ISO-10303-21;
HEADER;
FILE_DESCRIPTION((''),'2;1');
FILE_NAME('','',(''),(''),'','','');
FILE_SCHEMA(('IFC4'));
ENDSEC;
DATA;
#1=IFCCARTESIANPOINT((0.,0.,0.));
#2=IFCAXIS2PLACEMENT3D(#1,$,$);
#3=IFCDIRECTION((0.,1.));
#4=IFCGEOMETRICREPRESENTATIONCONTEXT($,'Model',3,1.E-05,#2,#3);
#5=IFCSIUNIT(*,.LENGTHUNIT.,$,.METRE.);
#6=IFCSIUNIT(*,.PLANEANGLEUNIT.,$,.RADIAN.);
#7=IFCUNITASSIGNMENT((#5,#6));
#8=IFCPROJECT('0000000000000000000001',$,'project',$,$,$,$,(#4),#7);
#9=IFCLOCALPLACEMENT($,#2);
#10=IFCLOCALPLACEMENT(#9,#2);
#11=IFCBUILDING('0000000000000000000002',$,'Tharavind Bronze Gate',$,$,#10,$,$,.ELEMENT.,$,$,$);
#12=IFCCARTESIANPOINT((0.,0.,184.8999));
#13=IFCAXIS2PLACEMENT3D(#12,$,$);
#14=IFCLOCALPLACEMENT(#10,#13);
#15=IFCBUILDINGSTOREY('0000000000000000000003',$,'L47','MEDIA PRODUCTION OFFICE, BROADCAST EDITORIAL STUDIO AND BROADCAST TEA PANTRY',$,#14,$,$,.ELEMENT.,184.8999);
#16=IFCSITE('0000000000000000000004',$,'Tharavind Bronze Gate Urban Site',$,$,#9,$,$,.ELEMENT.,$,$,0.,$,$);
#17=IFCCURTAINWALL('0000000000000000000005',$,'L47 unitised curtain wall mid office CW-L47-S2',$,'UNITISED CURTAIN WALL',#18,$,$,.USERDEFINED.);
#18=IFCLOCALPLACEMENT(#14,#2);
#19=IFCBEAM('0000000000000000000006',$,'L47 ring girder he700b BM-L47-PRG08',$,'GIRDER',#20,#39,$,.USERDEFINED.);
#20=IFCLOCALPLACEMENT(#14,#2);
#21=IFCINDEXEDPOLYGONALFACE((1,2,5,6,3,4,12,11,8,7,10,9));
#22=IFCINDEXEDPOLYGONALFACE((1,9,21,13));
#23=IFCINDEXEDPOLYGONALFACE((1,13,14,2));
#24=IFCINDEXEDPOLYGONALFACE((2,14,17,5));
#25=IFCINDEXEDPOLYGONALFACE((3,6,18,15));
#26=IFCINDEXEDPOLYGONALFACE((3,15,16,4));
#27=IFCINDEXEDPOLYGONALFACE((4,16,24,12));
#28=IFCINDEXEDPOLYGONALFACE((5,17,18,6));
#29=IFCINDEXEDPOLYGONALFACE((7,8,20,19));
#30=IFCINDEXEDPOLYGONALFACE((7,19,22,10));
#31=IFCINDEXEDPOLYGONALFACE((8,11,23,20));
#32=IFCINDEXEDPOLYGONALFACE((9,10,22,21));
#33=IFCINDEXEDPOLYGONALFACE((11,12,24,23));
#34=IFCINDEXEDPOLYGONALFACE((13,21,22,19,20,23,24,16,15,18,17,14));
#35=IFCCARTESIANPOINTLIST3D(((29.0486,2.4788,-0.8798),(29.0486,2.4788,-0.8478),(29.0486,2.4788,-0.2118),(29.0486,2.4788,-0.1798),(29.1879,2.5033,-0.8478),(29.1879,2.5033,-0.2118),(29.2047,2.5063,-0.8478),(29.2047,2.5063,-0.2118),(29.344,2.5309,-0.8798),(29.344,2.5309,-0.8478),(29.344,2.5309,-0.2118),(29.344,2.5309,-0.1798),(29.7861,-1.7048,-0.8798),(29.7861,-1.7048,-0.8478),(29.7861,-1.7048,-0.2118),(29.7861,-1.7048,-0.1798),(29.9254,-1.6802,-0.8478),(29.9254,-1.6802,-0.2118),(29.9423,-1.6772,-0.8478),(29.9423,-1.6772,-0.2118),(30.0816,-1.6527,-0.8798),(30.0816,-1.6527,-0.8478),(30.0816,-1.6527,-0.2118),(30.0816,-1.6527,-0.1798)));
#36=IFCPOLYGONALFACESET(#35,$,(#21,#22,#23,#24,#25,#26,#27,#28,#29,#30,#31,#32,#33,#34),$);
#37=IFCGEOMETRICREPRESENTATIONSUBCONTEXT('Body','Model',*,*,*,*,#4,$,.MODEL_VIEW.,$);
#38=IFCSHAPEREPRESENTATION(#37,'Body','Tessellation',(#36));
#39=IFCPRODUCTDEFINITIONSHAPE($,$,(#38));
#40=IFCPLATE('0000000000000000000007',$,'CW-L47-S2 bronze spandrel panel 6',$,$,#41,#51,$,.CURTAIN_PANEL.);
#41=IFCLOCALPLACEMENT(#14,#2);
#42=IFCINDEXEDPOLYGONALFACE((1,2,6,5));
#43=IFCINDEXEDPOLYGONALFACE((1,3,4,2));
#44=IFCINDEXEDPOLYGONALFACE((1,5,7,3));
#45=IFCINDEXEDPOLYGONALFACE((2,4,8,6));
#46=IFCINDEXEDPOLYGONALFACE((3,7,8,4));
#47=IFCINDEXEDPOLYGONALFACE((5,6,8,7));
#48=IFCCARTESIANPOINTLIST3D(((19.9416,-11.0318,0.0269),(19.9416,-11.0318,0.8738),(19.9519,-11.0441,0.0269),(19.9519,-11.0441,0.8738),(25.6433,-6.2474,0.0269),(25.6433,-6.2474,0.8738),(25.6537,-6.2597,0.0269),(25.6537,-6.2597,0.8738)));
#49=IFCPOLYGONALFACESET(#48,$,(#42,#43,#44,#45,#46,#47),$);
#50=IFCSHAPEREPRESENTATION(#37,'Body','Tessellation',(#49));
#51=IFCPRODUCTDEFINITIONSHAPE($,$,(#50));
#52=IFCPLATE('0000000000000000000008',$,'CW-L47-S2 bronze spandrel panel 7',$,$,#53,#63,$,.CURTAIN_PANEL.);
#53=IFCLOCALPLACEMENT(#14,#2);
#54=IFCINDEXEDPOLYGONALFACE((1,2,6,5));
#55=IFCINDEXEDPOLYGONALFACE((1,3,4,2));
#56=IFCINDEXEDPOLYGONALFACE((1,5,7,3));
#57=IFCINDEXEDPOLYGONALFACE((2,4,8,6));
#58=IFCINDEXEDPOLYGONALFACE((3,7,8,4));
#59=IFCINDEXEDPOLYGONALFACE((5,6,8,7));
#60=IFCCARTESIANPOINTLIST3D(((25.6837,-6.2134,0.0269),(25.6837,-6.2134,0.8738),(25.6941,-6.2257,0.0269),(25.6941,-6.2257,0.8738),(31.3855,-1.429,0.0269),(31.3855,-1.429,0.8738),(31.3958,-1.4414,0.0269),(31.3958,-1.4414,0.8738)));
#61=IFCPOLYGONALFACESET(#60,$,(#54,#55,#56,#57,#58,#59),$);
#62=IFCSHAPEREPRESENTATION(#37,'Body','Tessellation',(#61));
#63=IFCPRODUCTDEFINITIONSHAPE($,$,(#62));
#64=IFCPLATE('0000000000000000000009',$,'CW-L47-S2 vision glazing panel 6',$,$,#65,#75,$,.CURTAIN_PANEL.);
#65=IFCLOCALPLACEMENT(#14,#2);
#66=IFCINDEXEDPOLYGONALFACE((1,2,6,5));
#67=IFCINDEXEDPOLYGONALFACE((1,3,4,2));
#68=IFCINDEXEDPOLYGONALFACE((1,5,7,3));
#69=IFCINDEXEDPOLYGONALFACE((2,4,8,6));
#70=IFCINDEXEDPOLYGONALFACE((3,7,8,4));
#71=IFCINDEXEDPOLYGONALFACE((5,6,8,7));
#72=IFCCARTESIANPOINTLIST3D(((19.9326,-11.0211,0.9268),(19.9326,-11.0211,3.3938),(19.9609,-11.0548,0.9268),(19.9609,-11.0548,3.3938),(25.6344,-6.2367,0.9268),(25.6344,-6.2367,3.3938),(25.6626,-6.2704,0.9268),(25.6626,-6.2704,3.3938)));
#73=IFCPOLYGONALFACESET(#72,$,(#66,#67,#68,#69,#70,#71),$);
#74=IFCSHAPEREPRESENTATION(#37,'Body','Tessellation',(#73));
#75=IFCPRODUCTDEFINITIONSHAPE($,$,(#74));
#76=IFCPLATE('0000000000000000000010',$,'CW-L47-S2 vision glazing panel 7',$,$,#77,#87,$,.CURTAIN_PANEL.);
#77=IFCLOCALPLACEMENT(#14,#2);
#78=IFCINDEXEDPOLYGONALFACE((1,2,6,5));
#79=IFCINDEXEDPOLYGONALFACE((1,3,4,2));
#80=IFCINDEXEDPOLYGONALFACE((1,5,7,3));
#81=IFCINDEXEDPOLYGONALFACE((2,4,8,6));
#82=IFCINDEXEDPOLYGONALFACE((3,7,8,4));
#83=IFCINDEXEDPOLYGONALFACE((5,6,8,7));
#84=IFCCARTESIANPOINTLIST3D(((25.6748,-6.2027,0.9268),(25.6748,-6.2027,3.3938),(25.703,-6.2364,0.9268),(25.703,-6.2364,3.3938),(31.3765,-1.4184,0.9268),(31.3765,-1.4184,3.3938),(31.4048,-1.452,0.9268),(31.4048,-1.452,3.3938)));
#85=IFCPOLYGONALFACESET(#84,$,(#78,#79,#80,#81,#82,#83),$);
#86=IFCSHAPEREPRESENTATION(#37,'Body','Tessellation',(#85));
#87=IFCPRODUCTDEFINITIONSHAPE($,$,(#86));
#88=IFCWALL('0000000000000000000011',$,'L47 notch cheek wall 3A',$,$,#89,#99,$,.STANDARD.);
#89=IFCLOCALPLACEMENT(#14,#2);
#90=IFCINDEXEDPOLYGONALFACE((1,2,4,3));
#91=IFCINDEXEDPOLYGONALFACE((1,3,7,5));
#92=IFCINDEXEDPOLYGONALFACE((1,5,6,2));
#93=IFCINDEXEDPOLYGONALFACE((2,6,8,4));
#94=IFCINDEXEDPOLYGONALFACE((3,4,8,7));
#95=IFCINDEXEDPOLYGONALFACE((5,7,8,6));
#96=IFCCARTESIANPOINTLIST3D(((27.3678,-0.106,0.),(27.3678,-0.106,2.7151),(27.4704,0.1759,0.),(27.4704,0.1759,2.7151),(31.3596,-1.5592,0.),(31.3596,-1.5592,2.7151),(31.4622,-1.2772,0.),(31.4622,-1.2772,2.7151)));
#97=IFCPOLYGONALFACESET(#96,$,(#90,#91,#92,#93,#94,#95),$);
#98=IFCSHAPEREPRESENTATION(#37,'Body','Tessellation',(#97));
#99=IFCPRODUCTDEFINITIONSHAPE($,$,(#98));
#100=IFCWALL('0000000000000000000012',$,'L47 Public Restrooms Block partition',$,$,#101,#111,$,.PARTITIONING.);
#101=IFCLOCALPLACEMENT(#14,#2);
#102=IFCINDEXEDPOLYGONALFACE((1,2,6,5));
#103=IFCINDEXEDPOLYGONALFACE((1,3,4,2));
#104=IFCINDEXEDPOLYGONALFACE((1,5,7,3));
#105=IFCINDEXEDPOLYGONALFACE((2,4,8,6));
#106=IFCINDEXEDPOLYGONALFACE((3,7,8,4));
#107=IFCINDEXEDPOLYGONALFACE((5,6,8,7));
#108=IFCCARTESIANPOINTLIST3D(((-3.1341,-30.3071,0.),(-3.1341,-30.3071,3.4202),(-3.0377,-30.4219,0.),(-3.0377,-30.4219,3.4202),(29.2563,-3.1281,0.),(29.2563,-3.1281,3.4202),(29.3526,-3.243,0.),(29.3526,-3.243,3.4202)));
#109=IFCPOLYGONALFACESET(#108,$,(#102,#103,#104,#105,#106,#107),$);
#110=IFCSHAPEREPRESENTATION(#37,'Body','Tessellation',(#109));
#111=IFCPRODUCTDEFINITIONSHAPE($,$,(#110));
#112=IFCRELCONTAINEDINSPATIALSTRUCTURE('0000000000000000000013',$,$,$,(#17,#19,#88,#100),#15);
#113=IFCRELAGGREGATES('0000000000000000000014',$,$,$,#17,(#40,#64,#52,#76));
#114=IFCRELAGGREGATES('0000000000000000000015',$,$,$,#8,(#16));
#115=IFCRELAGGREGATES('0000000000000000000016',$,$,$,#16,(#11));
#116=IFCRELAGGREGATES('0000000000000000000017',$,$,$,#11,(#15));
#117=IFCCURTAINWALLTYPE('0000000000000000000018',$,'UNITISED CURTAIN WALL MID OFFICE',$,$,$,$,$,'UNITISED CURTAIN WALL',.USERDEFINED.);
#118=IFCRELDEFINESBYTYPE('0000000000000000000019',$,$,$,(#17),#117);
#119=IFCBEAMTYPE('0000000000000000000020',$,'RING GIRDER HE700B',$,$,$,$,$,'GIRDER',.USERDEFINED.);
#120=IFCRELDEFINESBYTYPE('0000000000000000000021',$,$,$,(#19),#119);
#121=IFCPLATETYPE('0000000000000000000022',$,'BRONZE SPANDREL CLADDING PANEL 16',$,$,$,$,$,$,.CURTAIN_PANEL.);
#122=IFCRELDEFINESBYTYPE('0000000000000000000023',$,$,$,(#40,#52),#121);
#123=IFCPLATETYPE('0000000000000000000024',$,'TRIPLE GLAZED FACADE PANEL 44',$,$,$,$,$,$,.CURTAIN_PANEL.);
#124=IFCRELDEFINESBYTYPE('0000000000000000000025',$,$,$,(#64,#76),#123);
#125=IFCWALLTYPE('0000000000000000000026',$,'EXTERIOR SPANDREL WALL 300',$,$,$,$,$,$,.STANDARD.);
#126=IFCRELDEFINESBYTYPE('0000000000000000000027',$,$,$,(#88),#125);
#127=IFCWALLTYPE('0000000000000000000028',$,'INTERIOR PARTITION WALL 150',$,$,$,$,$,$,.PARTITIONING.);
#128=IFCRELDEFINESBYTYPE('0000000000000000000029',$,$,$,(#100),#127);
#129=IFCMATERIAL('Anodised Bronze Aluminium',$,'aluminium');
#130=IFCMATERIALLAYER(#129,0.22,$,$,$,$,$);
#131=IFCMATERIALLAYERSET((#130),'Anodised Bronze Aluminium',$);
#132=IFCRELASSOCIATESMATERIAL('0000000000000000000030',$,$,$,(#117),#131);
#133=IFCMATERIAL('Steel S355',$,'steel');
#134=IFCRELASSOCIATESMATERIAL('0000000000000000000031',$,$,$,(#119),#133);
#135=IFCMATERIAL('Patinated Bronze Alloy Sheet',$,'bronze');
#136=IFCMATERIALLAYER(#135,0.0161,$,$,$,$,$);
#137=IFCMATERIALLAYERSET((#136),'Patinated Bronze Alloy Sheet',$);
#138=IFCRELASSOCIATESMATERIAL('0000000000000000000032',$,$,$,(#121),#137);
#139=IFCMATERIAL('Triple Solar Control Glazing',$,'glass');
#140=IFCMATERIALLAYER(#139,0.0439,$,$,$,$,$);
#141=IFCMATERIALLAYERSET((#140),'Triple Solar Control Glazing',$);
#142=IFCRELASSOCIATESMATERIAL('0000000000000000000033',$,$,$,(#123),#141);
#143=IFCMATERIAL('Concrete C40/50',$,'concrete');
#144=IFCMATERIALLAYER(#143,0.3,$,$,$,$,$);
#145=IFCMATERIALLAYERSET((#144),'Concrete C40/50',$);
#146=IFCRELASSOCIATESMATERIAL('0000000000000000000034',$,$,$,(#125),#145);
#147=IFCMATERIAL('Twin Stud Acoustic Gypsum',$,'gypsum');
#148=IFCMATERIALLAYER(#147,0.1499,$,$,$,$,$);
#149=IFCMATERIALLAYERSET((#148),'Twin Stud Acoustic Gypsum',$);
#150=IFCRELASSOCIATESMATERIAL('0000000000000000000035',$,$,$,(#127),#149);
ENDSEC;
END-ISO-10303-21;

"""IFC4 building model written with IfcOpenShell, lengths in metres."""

from ifc_helpers import new_model, si_unit, direction, frame, frame_2d, origin, origin_2d, place, context, subcontext, project, spatial, rectangle, i_section, extrude, material, layer, layer_set, material_profile, profile_set, type_object, element, aggregate, save


model = new_model("IFC4")

# Units and contexts
model_context = context("Model", 3, precision=1e-05, world=origin(), true_north=direction((0.0, 1.0)))
body_context = subcontext(model_context, "Body", "Model", "MODEL_VIEW")
ifc_project = project(units=[si_unit("LENGTHUNIT", "METRE"), si_unit("PLANEANGLEUNIT", "RADIAN")], contexts=[model_context])

# Site, building, storey
site_placement = place(None, origin())
site = spatial("IfcSite", under=ifc_project, at=site_placement, Name="Tharavind Bronze Gate Urban Site", CompositionType="ELEMENT", RefElevation=0.0)
building_placement = place(site_placement, origin())
building = spatial("IfcBuilding", under=site, at=building_placement, Name="Tharavind Bronze Gate", CompositionType="ELEMENT")
storey_placement = place(building_placement, frame((0.0, 0.0, 184.8999)))
storey = spatial("IfcBuildingStorey", under=building, at=storey_placement, Name="L47", Description="MEDIA PRODUCTION OFFICE, BROADCAST EDITORIAL STUDIO AND BROADCAST TEA PANTRY", CompositionType="ELEMENT", Elevation=184.8999)

# Curtain wall
ifc_material_1 = material(Name="Anodised Bronze Aluminium", Category="aluminium")
ifc_layer_1 = layer(ifc_material_1, 0.22)
ifc_layer_set_1 = layer_set([ifc_layer_1], Name="Anodised Bronze Aluminium")
curtain_wall_type = type_object("IfcCurtainWallType", Name="UNITISED CURTAIN WALL MID OFFICE", ElementType="UNITISED CURTAIN WALL", PredefinedType="USERDEFINED", material=ifc_layer_set_1)
curtain_wall_placement = place(storey_placement, origin())
curtain_wall = element("IfcCurtainWall", 1, at=curtain_wall_placement, inside=storey, type_object=curtain_wall_type, Name="L47 unitised curtain wall mid office CW-L47-S2", ObjectType="UNITISED CURTAIN WALL", PredefinedType="USERDEFINED")

# Beam
ifc_material_2 = material(Name="Steel S355", Category="steel")
ifc_material_profile_1 = material_profile(ifc_material_2, i_section(OverallWidth=0.3, OverallDepth=0.7, WebThickness=0.0171, FlangeThickness=0.032, at=origin_2d()), Name="HE700B")
ifc_profile_set_1 = profile_set([ifc_material_profile_1], Name="Steel S355")
beam_type_1 = type_object("IfcBeamType", Name="RING GIRDER HE700B", ElementType="GIRDER", PredefinedType="USERDEFINED", material=ifc_profile_set_1)
beam_1_placement = place(storey_placement, frame((29.9338, -1.6787, -0.5298), z_axis=(-0.173618, 0.984813, 0.0), x_axis=(-0.984813, -0.173618, 0.0)))
element("IfcBeam", 2, at=beam_1_placement, inside=storey, type_object=beam_type_1, Name="L47 ring girder he700b BM-L47-PRG08", ObjectType="GIRDER", PredefinedType="USERDEFINED", context=body_context, shape_type="SweptSolid", body=[
    extrude(i_section(OverallWidth=0.3, OverallDepth=0.7, WebThickness=0.0171, FlangeThickness=0.032, at=origin_2d()), origin(), (0.0, 0.0, 1.0), 4.248),
])

# Plates
ifc_material_3 = material(Name="Patinated Bronze Alloy Sheet", Category="bronze")
ifc_layer_2 = layer(ifc_material_3, 0.0161)
ifc_layer_set_2 = layer_set([ifc_layer_2], Name="Patinated Bronze Alloy Sheet")
plate_type_1 = type_object("IfcPlateType", Name="BRONZE SPANDREL CLADDING PANEL 16", PredefinedType="CURTAIN_PANEL", material=ifc_layer_set_2)
plate_1_placement = place(storey_placement, frame((22.7976, -8.6458, 0.0269), z_axis=(0.0, 0.0, 1.0), x_axis=(0.766043, 0.642789, 0.0)))
plate_1 = element("IfcPlate", 3, at=plate_1_placement, type_object=plate_type_1, Name="CW-L47-S2 bronze spandrel panel 6", PredefinedType="CURTAIN_PANEL", context=body_context, shape_type="SweptSolid", body=[
    extrude(rectangle(XDim=7.4431, YDim=0.0161, at=origin_2d()), origin(), (0.0, 0.0, 1.0), 0.8469),
])
plate_2_placement = place(storey_placement, frame((28.5398, -3.8274, 0.0269), z_axis=(0.0, 0.0, 1.0), x_axis=(0.766043, 0.642789, 0.0)))
plate_2 = element("IfcPlate", 4, at=plate_2_placement, type_object=plate_type_1, Name="CW-L47-S2 bronze spandrel panel 7", PredefinedType="CURTAIN_PANEL", context=body_context, shape_type="SweptSolid", body=[
    extrude(rectangle(XDim=7.4431, YDim=0.0161, at=origin_2d()), origin(), (0.0, 0.0, 1.0), 0.8469),
])
ifc_material_4 = material(Name="Triple Solar Control Glazing", Category="glass")
ifc_layer_3 = layer(ifc_material_4, 0.0439)
ifc_layer_set_3 = layer_set([ifc_layer_3], Name="Triple Solar Control Glazing")
plate_type_2 = type_object("IfcPlateType", Name="TRIPLE GLAZED FACADE PANEL 44", PredefinedType="CURTAIN_PANEL", material=ifc_layer_set_3)
plate_3_placement = place(storey_placement, frame((22.7976, -8.6458, 0.9268), z_axis=(0.0, 0.0, 1.0), x_axis=(0.766043, 0.642789, 0.0)))
plate_3 = element("IfcPlate", 5, at=plate_3_placement, type_object=plate_type_2, Name="CW-L47-S2 vision glazing panel 6", PredefinedType="CURTAIN_PANEL", context=body_context, shape_type="SweptSolid", body=[
    extrude(rectangle(XDim=7.4431, YDim=0.0439, at=origin_2d()), origin(), (0.0, 0.0, 1.0), 2.467),
])
plate_4_placement = place(storey_placement, frame((28.5398, -3.8274, 0.9268), z_axis=(0.0, 0.0, 1.0), x_axis=(0.766043, 0.642789, 0.0)))
plate_4 = element("IfcPlate", 6, at=plate_4_placement, type_object=plate_type_2, Name="CW-L47-S2 vision glazing panel 7", PredefinedType="CURTAIN_PANEL", context=body_context, shape_type="SweptSolid", body=[
    extrude(rectangle(XDim=7.4431, YDim=0.0439, at=origin_2d()), origin(), (0.0, 0.0, 1.0), 2.467),
])
aggregate(curtain_wall, [plate_1, plate_3, plate_2, plate_4])

# Walls
ifc_material_5 = material(Name="Concrete C40/50", Category="concrete")
ifc_layer_4 = layer(ifc_material_5, 0.3)
ifc_layer_set_4 = layer_set([ifc_layer_4], Name="Concrete C40/50")
wall_type_1 = type_object("IfcWallType", Name="EXTERIOR SPANDREL WALL 300", PredefinedType="STANDARD", material=ifc_layer_set_4)
wall_1_placement = place(storey_placement, frame((31.4109, -1.4182, 0.0), z_axis=(0.0, 0.0, 1.0), x_axis=(-0.939673, 0.342075, 0.0)))
element("IfcWall", 7, at=wall_1_placement, inside=storey, type_object=wall_type_1, Name="L47 notch cheek wall 3A", PredefinedType="STANDARD", context=body_context, shape_type="SweptSolid", body=[
    extrude(rectangle(XDim=4.248, YDim=0.3, at=frame_2d((2.124, 0.0))), origin(), (0.0, 0.0, 1.0), 2.7151),
])
ifc_material_6 = material(Name="Twin Stud Acoustic Gypsum", Category="gypsum")
ifc_layer_5 = layer(ifc_material_6, 0.1499)
ifc_layer_set_5 = layer_set([ifc_layer_5], Name="Twin Stud Acoustic Gypsum")
wall_type_2 = type_object("IfcWallType", Name="INTERIOR PARTITION WALL 150", PredefinedType="PARTITIONING", material=ifc_layer_set_5)
wall_2_placement = place(storey_placement, frame((29.3044, -3.1855, 0.0), z_axis=(0.0, 0.0, 1.0), x_axis=(-0.766042, -0.64279, 0.0)))
element("IfcWall", 8, at=wall_2_placement, inside=storey, type_object=wall_type_2, Name="L47 Public Restrooms Block partition", PredefinedType="PARTITIONING", context=body_context, shape_type="SweptSolid", body=[
    extrude(rectangle(XDim=42.2827, YDim=0.1499, at=frame_2d((21.1414, 0.0))), origin(), (0.0, 0.0, 1.0), 3.4202),
])

save(model, "model.ifc")
